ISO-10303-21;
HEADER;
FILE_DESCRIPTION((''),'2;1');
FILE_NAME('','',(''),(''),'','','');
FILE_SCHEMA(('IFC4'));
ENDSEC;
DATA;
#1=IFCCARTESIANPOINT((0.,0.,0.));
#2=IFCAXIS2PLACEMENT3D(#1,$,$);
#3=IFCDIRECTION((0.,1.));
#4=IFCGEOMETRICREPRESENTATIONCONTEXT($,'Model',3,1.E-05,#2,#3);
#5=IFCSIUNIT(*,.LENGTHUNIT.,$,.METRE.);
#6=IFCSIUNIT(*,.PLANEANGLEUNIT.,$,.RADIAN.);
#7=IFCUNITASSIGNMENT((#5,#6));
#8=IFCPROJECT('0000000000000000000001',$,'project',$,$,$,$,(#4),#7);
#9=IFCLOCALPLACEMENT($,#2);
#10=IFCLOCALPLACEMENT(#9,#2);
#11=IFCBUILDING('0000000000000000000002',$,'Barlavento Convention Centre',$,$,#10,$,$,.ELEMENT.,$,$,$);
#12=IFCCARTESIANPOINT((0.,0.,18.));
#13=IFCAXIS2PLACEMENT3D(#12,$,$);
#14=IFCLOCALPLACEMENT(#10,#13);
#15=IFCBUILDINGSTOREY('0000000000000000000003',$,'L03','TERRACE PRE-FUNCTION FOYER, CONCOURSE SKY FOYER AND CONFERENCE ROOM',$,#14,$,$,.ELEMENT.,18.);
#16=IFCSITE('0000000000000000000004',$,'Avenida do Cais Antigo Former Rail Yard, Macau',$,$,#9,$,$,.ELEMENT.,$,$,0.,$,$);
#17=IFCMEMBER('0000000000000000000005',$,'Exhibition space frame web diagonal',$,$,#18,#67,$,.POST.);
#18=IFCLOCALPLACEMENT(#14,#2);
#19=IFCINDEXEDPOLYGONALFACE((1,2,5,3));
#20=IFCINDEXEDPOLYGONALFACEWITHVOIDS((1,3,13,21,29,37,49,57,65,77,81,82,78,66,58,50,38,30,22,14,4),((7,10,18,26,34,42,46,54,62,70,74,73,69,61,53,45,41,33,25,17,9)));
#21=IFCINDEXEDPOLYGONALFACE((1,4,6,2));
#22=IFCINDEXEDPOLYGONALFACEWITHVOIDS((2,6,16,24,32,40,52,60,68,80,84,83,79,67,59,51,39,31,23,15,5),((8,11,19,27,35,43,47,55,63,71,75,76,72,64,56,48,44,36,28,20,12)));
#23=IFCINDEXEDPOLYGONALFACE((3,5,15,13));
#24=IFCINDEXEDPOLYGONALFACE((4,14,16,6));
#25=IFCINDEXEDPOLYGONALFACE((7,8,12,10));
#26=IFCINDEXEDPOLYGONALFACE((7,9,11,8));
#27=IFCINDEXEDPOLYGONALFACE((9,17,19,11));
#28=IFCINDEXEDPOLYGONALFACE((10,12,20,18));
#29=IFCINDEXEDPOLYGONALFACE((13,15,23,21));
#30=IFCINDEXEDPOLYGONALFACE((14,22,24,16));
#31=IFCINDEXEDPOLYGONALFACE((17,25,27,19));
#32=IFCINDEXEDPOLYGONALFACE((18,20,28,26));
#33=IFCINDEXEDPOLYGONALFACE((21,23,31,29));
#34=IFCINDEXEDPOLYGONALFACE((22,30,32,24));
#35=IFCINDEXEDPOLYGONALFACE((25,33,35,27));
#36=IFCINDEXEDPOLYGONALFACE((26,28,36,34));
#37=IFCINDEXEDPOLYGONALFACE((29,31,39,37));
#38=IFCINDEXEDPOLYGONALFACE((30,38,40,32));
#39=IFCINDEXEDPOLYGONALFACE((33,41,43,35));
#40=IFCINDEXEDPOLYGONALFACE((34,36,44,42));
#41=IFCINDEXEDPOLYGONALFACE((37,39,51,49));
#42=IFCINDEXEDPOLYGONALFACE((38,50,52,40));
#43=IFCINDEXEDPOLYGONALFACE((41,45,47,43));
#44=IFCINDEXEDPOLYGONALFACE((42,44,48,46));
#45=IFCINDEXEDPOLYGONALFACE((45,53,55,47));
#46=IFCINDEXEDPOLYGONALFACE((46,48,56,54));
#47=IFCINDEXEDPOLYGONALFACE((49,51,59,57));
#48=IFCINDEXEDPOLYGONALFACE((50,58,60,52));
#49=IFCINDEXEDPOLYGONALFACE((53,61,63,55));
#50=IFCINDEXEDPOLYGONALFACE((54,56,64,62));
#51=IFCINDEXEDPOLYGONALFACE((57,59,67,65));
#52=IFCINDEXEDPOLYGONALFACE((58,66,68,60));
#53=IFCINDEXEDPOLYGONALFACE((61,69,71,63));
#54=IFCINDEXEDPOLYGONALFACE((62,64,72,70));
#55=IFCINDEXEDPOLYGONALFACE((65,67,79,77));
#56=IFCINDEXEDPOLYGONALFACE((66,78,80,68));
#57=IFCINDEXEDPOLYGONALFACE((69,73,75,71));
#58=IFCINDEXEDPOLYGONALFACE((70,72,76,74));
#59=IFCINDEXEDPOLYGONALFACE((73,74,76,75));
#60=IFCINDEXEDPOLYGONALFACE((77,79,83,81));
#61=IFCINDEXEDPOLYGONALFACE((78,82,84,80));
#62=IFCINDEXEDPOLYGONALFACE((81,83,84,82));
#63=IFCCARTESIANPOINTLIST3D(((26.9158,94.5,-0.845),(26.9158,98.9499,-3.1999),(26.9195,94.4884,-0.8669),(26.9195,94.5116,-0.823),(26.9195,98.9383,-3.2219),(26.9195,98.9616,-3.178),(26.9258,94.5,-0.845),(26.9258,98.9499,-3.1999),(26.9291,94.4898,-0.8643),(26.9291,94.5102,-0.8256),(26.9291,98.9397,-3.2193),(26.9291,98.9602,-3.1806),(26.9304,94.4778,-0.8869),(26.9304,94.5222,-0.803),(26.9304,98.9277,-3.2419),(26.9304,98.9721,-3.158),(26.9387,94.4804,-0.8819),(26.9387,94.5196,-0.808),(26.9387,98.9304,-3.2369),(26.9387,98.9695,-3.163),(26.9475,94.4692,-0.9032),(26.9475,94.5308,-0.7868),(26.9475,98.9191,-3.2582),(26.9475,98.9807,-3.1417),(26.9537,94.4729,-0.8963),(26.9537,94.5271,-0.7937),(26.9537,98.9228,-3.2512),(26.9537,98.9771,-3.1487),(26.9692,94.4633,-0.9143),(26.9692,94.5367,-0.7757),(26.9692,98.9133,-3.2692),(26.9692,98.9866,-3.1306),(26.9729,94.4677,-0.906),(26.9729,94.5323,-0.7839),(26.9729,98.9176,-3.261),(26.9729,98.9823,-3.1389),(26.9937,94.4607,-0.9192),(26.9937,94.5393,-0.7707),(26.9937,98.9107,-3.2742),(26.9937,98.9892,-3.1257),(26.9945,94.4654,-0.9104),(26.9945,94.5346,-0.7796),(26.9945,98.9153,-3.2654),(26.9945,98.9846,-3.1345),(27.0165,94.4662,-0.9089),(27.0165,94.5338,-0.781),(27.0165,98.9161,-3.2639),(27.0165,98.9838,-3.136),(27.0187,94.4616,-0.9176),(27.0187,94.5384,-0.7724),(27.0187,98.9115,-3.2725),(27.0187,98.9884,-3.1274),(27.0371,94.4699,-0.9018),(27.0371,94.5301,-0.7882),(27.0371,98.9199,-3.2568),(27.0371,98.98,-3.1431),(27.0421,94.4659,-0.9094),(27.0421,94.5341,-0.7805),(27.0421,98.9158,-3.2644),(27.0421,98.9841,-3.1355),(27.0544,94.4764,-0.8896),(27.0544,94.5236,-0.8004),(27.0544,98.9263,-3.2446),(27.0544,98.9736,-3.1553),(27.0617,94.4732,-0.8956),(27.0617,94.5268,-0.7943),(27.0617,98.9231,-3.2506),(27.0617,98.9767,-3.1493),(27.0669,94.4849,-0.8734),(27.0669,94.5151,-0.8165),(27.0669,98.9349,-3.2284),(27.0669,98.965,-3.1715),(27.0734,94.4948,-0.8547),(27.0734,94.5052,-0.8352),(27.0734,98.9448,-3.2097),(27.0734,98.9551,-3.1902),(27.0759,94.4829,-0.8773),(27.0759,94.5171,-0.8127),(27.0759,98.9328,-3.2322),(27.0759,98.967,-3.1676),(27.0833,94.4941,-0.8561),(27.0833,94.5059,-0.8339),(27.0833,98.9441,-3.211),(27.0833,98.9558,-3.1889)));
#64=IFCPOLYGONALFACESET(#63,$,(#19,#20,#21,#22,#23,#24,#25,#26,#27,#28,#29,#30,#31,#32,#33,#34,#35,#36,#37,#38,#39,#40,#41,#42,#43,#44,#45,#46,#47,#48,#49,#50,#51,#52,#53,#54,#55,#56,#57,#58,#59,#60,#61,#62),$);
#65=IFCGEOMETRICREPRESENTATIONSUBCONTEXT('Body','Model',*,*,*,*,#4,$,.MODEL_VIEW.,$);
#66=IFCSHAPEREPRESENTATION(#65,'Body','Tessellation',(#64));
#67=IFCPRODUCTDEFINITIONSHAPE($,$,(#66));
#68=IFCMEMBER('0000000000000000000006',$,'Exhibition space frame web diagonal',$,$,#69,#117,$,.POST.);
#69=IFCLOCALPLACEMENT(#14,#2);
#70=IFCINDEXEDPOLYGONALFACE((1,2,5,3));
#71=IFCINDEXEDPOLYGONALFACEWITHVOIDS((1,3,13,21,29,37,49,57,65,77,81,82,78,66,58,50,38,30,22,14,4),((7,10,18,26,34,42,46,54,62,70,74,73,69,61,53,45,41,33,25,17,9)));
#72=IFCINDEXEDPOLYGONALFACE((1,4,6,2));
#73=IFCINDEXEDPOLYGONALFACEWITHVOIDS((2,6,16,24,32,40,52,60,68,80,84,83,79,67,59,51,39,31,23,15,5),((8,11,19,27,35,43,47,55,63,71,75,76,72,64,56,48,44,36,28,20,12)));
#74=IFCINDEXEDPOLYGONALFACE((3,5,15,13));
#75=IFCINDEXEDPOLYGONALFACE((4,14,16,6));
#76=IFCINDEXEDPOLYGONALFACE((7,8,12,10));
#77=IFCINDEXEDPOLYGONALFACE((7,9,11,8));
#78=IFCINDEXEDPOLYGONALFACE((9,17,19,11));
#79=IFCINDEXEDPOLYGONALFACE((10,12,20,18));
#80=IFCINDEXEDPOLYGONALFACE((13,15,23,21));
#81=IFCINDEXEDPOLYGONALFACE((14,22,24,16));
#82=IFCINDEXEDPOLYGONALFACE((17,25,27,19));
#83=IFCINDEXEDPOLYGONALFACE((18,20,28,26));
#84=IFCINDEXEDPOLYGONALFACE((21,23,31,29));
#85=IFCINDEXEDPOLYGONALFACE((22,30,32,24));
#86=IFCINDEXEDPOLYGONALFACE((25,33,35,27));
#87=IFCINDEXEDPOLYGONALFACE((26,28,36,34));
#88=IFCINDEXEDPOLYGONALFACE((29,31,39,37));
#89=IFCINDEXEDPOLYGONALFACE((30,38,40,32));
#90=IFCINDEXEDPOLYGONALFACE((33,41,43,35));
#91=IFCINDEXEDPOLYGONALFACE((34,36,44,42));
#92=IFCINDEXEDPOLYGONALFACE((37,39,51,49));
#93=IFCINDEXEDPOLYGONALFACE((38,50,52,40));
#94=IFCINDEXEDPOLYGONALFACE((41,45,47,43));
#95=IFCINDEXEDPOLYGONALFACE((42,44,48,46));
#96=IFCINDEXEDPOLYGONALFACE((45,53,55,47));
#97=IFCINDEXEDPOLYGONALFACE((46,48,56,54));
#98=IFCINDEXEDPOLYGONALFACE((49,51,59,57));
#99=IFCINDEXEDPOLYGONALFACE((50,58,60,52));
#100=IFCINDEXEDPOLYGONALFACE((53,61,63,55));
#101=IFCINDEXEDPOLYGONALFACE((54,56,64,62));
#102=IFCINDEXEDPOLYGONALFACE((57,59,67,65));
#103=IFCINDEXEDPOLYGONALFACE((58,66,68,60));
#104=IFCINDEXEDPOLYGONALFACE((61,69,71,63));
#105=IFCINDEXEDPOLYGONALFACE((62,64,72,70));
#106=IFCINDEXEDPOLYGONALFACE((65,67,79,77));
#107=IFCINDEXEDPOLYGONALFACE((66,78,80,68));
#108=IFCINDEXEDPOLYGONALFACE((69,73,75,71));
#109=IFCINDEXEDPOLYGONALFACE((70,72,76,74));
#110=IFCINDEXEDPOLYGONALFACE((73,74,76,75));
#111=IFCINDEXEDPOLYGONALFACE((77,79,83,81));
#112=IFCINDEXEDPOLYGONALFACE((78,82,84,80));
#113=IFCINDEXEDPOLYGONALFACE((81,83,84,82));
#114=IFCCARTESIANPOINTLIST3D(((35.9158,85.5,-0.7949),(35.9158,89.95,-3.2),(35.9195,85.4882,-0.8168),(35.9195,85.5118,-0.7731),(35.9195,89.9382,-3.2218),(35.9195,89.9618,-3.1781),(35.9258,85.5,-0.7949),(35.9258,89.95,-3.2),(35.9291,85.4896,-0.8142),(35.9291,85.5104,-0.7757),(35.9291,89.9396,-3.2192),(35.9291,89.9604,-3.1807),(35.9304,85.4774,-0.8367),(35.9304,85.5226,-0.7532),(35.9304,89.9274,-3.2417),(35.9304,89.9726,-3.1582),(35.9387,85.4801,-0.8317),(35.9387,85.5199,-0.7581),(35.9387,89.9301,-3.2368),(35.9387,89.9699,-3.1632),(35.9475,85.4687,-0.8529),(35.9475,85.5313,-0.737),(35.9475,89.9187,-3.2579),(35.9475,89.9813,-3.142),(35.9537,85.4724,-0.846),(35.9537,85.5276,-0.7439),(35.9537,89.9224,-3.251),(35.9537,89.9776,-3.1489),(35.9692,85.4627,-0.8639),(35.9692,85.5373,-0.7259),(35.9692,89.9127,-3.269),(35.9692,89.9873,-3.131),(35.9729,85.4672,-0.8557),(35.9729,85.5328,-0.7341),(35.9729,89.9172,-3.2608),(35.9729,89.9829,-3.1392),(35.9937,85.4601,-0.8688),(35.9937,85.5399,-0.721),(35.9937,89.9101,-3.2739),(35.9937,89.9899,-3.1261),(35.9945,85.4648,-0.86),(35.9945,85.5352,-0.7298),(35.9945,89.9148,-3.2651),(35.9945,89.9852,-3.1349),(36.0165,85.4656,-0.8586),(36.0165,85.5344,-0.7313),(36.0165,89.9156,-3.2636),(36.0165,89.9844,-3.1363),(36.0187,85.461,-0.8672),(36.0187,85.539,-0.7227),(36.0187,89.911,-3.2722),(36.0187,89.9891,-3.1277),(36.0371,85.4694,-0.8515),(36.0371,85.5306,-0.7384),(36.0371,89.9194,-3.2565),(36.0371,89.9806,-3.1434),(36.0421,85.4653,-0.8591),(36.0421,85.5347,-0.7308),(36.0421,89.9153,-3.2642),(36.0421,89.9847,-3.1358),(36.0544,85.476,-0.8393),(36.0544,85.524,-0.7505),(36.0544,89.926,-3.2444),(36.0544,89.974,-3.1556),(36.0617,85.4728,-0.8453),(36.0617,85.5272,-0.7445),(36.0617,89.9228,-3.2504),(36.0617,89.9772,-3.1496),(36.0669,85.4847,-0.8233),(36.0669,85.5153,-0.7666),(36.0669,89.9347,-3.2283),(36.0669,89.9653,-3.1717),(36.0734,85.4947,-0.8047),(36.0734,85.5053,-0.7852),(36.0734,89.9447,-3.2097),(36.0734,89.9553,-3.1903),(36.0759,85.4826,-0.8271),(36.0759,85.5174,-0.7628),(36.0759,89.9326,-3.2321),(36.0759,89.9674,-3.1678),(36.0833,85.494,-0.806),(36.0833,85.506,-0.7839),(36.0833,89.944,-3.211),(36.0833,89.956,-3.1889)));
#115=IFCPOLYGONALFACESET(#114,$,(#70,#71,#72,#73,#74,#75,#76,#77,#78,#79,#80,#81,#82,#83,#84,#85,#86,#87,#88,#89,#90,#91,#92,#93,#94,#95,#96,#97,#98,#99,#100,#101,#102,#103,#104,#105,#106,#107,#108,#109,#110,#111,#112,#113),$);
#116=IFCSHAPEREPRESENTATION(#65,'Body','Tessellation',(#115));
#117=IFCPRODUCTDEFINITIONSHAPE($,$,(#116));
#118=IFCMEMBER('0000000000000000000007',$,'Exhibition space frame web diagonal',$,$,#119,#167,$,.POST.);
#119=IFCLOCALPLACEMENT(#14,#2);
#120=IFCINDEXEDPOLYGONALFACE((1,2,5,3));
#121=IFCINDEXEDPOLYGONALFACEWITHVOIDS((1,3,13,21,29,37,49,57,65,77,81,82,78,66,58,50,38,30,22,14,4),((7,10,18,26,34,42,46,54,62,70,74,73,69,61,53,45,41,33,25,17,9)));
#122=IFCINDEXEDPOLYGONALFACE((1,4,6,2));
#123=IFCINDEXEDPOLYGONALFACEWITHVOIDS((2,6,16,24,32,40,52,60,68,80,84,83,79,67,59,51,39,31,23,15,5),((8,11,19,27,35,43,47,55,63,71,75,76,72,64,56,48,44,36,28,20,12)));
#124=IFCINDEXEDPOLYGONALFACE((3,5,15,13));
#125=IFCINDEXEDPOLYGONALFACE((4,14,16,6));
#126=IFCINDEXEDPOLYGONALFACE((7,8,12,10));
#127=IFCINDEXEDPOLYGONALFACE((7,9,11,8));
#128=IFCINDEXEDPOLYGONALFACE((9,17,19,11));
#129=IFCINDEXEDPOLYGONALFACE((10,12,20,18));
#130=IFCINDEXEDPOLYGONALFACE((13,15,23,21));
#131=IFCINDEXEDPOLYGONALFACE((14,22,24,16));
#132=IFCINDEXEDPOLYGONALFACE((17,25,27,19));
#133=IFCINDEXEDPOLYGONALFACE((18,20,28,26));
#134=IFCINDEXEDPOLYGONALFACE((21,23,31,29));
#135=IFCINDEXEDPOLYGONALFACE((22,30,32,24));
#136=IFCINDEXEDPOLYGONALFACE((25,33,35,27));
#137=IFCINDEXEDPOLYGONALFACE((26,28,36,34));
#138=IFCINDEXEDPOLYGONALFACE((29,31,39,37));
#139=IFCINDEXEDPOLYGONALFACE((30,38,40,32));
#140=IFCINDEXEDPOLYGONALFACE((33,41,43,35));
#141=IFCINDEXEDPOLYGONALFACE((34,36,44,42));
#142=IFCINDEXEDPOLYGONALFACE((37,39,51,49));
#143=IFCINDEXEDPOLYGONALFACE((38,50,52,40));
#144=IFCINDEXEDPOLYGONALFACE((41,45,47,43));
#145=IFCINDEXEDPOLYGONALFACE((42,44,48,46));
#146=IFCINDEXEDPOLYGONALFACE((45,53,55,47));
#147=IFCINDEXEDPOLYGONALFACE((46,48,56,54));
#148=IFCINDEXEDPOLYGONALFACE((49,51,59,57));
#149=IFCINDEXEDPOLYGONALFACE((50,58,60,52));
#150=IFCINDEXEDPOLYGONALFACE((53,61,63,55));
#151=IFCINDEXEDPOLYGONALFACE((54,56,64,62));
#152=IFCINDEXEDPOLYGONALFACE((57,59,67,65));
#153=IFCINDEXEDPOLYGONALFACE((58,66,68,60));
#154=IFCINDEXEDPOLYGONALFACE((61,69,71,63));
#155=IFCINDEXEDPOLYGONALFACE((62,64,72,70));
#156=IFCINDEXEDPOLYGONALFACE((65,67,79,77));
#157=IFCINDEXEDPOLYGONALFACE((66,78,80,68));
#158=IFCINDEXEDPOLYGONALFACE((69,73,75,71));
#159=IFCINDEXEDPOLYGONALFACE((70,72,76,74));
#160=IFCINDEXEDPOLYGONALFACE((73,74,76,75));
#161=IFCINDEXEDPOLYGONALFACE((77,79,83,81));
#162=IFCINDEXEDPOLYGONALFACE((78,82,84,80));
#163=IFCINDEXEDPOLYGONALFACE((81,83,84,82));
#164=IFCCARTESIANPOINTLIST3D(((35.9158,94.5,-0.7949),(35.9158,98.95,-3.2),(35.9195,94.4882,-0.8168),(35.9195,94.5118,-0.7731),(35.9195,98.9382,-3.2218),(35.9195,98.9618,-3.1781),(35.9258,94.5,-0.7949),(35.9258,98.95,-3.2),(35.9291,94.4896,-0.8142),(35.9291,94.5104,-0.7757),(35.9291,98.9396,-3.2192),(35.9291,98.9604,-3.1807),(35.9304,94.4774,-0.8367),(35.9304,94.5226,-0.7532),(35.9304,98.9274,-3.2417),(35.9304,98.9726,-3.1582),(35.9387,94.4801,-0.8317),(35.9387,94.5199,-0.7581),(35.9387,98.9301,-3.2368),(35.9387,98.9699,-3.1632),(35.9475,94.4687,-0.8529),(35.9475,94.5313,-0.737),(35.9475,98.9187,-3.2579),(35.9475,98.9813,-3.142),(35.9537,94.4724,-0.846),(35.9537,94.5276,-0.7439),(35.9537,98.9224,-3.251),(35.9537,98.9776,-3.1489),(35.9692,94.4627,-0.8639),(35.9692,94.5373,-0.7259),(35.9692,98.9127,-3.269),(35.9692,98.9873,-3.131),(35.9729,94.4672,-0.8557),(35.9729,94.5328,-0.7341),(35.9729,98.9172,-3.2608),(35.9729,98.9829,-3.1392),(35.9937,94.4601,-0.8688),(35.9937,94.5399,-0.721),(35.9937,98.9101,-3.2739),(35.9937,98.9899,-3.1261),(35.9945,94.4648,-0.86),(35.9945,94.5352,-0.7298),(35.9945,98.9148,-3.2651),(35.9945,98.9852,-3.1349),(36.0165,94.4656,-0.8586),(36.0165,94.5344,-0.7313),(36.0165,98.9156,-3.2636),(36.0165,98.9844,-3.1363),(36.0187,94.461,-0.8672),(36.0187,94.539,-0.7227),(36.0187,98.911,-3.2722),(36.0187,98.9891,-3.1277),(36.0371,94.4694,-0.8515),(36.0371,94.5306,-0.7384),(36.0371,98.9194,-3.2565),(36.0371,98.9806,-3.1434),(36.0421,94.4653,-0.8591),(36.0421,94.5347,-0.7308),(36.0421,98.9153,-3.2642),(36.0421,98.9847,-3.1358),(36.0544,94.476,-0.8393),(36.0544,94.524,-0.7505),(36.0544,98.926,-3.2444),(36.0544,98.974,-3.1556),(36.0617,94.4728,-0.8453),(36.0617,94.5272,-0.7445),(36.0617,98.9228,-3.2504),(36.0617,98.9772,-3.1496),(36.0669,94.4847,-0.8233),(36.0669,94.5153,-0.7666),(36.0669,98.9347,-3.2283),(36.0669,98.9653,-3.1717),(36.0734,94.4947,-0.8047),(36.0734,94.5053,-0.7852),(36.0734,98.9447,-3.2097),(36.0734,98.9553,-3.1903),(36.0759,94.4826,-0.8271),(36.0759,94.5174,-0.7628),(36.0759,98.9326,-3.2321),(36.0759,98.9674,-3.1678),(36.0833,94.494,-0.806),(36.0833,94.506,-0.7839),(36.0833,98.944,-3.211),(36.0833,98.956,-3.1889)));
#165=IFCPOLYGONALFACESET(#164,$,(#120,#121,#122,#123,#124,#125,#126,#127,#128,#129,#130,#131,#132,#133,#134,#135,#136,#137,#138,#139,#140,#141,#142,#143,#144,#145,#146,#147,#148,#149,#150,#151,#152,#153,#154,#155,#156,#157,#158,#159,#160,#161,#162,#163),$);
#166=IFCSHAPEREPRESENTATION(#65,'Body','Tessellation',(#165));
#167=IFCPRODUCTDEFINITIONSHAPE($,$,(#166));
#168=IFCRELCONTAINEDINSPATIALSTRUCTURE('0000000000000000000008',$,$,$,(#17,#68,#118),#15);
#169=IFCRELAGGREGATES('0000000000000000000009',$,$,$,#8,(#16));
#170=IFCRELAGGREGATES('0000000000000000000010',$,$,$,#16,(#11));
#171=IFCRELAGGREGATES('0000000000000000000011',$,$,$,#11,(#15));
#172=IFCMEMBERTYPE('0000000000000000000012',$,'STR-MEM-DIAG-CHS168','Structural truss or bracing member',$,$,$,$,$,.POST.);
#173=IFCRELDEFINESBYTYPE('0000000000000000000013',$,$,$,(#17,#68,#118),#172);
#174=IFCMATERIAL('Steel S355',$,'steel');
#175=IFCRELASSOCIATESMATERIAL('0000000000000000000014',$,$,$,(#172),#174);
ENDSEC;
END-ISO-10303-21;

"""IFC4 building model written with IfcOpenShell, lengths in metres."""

from ifc_helpers import new_model, si_unit, direction, frame, origin, origin_2d, place, context, subcontext, project, spatial, hollow_circle, extrude, material, material_profile, profile_set, type_object, element, save


model = new_model("IFC4")

# Units and contexts
model_context = context("Model", 3, precision=1e-05, world=origin(), true_north=direction((0.0, 1.0)))
body_context = subcontext(model_context, "Body", "Model", "MODEL_VIEW")
ifc_project = project(units=[si_unit("LENGTHUNIT", "METRE"), si_unit("PLANEANGLEUNIT", "RADIAN")], contexts=[model_context])

# Site, building, storey
site_placement = place(None, origin())
site = spatial("IfcSite", under=ifc_project, at=site_placement, Name="Avenida do Cais Antigo Former Rail Yard, Macau", CompositionType="ELEMENT", RefElevation=0.0)
building_placement = place(site_placement, origin())
building = spatial("IfcBuilding", under=site, at=building_placement, Name="Barlavento Convention Centre", CompositionType="ELEMENT")
storey_placement = place(building_placement, frame((0.0, 0.0, 18.0)))
storey = spatial("IfcBuildingStorey", under=building, at=storey_placement, Name="L03", Description="TERRACE PRE-FUNCTION FOYER, CONCOURSE SKY FOYER AND CONFERENCE ROOM", CompositionType="ELEMENT", Elevation=18.0)

# Members
ifc_material_1 = material(Name="Steel S355", Category="steel")
ifc_material_profile_1 = material_profile(ifc_material_1, hollow_circle(Radius=0.0842, WallThickness=0.01, at=origin_2d()), Name="CHS 168.3x10.0")
ifc_profile_set_1 = profile_set([ifc_material_profile_1], Name="Steel S355")
member_type_1 = type_object("IfcMemberType", Name="STR-MEM-DIAG-CHS168", Description="Structural truss or bracing member", PredefinedType="POST", material=ifc_profile_set_1)
for number, where, z_axis, x_axis, name in (
    (1, (27.0, 94.5, -0.845), (0.0, 0.88386, -0.467752), (-1.0, 0.0, 0.0), "Exhibition space frame web diagonal"),
):
    element("IfcMember", number, at=place(storey_placement, frame(where, z_axis=z_axis, x_axis=x_axis)), inside=storey, type_object=member_type_1, Name=name, PredefinedType="POST", context=body_context, shape_type="SweptSolid", body=[
        extrude(hollow_circle(Radius=0.0842, WallThickness=0.01, at=origin_2d()), origin(), (0.0, 0.0, 1.0), 5.0347),
    ])
for number, where, z_axis, x_axis, name in (
    (2, (36.0, 85.5, -0.7949), (0.0, 0.879735, -0.475464), (-1.0, 0.0, 0.0), "Exhibition space frame web diagonal"),
    (3, (36.0, 94.5, -0.7949), (0.0, 0.879735, -0.475464), (-1.0, 0.0, 0.0), "Exhibition space frame web diagonal"),
):
    element("IfcMember", number, at=place(storey_placement, frame(where, z_axis=z_axis, x_axis=x_axis)), inside=storey, type_object=member_type_1, Name=name, PredefinedType="POST", context=body_context, shape_type="SweptSolid", body=[
        extrude(hollow_circle(Radius=0.0842, WallThickness=0.01, at=origin_2d()), origin(), (0.0, 0.0, 1.0), 5.0583),
    ])

save(model, "model.ifc")
